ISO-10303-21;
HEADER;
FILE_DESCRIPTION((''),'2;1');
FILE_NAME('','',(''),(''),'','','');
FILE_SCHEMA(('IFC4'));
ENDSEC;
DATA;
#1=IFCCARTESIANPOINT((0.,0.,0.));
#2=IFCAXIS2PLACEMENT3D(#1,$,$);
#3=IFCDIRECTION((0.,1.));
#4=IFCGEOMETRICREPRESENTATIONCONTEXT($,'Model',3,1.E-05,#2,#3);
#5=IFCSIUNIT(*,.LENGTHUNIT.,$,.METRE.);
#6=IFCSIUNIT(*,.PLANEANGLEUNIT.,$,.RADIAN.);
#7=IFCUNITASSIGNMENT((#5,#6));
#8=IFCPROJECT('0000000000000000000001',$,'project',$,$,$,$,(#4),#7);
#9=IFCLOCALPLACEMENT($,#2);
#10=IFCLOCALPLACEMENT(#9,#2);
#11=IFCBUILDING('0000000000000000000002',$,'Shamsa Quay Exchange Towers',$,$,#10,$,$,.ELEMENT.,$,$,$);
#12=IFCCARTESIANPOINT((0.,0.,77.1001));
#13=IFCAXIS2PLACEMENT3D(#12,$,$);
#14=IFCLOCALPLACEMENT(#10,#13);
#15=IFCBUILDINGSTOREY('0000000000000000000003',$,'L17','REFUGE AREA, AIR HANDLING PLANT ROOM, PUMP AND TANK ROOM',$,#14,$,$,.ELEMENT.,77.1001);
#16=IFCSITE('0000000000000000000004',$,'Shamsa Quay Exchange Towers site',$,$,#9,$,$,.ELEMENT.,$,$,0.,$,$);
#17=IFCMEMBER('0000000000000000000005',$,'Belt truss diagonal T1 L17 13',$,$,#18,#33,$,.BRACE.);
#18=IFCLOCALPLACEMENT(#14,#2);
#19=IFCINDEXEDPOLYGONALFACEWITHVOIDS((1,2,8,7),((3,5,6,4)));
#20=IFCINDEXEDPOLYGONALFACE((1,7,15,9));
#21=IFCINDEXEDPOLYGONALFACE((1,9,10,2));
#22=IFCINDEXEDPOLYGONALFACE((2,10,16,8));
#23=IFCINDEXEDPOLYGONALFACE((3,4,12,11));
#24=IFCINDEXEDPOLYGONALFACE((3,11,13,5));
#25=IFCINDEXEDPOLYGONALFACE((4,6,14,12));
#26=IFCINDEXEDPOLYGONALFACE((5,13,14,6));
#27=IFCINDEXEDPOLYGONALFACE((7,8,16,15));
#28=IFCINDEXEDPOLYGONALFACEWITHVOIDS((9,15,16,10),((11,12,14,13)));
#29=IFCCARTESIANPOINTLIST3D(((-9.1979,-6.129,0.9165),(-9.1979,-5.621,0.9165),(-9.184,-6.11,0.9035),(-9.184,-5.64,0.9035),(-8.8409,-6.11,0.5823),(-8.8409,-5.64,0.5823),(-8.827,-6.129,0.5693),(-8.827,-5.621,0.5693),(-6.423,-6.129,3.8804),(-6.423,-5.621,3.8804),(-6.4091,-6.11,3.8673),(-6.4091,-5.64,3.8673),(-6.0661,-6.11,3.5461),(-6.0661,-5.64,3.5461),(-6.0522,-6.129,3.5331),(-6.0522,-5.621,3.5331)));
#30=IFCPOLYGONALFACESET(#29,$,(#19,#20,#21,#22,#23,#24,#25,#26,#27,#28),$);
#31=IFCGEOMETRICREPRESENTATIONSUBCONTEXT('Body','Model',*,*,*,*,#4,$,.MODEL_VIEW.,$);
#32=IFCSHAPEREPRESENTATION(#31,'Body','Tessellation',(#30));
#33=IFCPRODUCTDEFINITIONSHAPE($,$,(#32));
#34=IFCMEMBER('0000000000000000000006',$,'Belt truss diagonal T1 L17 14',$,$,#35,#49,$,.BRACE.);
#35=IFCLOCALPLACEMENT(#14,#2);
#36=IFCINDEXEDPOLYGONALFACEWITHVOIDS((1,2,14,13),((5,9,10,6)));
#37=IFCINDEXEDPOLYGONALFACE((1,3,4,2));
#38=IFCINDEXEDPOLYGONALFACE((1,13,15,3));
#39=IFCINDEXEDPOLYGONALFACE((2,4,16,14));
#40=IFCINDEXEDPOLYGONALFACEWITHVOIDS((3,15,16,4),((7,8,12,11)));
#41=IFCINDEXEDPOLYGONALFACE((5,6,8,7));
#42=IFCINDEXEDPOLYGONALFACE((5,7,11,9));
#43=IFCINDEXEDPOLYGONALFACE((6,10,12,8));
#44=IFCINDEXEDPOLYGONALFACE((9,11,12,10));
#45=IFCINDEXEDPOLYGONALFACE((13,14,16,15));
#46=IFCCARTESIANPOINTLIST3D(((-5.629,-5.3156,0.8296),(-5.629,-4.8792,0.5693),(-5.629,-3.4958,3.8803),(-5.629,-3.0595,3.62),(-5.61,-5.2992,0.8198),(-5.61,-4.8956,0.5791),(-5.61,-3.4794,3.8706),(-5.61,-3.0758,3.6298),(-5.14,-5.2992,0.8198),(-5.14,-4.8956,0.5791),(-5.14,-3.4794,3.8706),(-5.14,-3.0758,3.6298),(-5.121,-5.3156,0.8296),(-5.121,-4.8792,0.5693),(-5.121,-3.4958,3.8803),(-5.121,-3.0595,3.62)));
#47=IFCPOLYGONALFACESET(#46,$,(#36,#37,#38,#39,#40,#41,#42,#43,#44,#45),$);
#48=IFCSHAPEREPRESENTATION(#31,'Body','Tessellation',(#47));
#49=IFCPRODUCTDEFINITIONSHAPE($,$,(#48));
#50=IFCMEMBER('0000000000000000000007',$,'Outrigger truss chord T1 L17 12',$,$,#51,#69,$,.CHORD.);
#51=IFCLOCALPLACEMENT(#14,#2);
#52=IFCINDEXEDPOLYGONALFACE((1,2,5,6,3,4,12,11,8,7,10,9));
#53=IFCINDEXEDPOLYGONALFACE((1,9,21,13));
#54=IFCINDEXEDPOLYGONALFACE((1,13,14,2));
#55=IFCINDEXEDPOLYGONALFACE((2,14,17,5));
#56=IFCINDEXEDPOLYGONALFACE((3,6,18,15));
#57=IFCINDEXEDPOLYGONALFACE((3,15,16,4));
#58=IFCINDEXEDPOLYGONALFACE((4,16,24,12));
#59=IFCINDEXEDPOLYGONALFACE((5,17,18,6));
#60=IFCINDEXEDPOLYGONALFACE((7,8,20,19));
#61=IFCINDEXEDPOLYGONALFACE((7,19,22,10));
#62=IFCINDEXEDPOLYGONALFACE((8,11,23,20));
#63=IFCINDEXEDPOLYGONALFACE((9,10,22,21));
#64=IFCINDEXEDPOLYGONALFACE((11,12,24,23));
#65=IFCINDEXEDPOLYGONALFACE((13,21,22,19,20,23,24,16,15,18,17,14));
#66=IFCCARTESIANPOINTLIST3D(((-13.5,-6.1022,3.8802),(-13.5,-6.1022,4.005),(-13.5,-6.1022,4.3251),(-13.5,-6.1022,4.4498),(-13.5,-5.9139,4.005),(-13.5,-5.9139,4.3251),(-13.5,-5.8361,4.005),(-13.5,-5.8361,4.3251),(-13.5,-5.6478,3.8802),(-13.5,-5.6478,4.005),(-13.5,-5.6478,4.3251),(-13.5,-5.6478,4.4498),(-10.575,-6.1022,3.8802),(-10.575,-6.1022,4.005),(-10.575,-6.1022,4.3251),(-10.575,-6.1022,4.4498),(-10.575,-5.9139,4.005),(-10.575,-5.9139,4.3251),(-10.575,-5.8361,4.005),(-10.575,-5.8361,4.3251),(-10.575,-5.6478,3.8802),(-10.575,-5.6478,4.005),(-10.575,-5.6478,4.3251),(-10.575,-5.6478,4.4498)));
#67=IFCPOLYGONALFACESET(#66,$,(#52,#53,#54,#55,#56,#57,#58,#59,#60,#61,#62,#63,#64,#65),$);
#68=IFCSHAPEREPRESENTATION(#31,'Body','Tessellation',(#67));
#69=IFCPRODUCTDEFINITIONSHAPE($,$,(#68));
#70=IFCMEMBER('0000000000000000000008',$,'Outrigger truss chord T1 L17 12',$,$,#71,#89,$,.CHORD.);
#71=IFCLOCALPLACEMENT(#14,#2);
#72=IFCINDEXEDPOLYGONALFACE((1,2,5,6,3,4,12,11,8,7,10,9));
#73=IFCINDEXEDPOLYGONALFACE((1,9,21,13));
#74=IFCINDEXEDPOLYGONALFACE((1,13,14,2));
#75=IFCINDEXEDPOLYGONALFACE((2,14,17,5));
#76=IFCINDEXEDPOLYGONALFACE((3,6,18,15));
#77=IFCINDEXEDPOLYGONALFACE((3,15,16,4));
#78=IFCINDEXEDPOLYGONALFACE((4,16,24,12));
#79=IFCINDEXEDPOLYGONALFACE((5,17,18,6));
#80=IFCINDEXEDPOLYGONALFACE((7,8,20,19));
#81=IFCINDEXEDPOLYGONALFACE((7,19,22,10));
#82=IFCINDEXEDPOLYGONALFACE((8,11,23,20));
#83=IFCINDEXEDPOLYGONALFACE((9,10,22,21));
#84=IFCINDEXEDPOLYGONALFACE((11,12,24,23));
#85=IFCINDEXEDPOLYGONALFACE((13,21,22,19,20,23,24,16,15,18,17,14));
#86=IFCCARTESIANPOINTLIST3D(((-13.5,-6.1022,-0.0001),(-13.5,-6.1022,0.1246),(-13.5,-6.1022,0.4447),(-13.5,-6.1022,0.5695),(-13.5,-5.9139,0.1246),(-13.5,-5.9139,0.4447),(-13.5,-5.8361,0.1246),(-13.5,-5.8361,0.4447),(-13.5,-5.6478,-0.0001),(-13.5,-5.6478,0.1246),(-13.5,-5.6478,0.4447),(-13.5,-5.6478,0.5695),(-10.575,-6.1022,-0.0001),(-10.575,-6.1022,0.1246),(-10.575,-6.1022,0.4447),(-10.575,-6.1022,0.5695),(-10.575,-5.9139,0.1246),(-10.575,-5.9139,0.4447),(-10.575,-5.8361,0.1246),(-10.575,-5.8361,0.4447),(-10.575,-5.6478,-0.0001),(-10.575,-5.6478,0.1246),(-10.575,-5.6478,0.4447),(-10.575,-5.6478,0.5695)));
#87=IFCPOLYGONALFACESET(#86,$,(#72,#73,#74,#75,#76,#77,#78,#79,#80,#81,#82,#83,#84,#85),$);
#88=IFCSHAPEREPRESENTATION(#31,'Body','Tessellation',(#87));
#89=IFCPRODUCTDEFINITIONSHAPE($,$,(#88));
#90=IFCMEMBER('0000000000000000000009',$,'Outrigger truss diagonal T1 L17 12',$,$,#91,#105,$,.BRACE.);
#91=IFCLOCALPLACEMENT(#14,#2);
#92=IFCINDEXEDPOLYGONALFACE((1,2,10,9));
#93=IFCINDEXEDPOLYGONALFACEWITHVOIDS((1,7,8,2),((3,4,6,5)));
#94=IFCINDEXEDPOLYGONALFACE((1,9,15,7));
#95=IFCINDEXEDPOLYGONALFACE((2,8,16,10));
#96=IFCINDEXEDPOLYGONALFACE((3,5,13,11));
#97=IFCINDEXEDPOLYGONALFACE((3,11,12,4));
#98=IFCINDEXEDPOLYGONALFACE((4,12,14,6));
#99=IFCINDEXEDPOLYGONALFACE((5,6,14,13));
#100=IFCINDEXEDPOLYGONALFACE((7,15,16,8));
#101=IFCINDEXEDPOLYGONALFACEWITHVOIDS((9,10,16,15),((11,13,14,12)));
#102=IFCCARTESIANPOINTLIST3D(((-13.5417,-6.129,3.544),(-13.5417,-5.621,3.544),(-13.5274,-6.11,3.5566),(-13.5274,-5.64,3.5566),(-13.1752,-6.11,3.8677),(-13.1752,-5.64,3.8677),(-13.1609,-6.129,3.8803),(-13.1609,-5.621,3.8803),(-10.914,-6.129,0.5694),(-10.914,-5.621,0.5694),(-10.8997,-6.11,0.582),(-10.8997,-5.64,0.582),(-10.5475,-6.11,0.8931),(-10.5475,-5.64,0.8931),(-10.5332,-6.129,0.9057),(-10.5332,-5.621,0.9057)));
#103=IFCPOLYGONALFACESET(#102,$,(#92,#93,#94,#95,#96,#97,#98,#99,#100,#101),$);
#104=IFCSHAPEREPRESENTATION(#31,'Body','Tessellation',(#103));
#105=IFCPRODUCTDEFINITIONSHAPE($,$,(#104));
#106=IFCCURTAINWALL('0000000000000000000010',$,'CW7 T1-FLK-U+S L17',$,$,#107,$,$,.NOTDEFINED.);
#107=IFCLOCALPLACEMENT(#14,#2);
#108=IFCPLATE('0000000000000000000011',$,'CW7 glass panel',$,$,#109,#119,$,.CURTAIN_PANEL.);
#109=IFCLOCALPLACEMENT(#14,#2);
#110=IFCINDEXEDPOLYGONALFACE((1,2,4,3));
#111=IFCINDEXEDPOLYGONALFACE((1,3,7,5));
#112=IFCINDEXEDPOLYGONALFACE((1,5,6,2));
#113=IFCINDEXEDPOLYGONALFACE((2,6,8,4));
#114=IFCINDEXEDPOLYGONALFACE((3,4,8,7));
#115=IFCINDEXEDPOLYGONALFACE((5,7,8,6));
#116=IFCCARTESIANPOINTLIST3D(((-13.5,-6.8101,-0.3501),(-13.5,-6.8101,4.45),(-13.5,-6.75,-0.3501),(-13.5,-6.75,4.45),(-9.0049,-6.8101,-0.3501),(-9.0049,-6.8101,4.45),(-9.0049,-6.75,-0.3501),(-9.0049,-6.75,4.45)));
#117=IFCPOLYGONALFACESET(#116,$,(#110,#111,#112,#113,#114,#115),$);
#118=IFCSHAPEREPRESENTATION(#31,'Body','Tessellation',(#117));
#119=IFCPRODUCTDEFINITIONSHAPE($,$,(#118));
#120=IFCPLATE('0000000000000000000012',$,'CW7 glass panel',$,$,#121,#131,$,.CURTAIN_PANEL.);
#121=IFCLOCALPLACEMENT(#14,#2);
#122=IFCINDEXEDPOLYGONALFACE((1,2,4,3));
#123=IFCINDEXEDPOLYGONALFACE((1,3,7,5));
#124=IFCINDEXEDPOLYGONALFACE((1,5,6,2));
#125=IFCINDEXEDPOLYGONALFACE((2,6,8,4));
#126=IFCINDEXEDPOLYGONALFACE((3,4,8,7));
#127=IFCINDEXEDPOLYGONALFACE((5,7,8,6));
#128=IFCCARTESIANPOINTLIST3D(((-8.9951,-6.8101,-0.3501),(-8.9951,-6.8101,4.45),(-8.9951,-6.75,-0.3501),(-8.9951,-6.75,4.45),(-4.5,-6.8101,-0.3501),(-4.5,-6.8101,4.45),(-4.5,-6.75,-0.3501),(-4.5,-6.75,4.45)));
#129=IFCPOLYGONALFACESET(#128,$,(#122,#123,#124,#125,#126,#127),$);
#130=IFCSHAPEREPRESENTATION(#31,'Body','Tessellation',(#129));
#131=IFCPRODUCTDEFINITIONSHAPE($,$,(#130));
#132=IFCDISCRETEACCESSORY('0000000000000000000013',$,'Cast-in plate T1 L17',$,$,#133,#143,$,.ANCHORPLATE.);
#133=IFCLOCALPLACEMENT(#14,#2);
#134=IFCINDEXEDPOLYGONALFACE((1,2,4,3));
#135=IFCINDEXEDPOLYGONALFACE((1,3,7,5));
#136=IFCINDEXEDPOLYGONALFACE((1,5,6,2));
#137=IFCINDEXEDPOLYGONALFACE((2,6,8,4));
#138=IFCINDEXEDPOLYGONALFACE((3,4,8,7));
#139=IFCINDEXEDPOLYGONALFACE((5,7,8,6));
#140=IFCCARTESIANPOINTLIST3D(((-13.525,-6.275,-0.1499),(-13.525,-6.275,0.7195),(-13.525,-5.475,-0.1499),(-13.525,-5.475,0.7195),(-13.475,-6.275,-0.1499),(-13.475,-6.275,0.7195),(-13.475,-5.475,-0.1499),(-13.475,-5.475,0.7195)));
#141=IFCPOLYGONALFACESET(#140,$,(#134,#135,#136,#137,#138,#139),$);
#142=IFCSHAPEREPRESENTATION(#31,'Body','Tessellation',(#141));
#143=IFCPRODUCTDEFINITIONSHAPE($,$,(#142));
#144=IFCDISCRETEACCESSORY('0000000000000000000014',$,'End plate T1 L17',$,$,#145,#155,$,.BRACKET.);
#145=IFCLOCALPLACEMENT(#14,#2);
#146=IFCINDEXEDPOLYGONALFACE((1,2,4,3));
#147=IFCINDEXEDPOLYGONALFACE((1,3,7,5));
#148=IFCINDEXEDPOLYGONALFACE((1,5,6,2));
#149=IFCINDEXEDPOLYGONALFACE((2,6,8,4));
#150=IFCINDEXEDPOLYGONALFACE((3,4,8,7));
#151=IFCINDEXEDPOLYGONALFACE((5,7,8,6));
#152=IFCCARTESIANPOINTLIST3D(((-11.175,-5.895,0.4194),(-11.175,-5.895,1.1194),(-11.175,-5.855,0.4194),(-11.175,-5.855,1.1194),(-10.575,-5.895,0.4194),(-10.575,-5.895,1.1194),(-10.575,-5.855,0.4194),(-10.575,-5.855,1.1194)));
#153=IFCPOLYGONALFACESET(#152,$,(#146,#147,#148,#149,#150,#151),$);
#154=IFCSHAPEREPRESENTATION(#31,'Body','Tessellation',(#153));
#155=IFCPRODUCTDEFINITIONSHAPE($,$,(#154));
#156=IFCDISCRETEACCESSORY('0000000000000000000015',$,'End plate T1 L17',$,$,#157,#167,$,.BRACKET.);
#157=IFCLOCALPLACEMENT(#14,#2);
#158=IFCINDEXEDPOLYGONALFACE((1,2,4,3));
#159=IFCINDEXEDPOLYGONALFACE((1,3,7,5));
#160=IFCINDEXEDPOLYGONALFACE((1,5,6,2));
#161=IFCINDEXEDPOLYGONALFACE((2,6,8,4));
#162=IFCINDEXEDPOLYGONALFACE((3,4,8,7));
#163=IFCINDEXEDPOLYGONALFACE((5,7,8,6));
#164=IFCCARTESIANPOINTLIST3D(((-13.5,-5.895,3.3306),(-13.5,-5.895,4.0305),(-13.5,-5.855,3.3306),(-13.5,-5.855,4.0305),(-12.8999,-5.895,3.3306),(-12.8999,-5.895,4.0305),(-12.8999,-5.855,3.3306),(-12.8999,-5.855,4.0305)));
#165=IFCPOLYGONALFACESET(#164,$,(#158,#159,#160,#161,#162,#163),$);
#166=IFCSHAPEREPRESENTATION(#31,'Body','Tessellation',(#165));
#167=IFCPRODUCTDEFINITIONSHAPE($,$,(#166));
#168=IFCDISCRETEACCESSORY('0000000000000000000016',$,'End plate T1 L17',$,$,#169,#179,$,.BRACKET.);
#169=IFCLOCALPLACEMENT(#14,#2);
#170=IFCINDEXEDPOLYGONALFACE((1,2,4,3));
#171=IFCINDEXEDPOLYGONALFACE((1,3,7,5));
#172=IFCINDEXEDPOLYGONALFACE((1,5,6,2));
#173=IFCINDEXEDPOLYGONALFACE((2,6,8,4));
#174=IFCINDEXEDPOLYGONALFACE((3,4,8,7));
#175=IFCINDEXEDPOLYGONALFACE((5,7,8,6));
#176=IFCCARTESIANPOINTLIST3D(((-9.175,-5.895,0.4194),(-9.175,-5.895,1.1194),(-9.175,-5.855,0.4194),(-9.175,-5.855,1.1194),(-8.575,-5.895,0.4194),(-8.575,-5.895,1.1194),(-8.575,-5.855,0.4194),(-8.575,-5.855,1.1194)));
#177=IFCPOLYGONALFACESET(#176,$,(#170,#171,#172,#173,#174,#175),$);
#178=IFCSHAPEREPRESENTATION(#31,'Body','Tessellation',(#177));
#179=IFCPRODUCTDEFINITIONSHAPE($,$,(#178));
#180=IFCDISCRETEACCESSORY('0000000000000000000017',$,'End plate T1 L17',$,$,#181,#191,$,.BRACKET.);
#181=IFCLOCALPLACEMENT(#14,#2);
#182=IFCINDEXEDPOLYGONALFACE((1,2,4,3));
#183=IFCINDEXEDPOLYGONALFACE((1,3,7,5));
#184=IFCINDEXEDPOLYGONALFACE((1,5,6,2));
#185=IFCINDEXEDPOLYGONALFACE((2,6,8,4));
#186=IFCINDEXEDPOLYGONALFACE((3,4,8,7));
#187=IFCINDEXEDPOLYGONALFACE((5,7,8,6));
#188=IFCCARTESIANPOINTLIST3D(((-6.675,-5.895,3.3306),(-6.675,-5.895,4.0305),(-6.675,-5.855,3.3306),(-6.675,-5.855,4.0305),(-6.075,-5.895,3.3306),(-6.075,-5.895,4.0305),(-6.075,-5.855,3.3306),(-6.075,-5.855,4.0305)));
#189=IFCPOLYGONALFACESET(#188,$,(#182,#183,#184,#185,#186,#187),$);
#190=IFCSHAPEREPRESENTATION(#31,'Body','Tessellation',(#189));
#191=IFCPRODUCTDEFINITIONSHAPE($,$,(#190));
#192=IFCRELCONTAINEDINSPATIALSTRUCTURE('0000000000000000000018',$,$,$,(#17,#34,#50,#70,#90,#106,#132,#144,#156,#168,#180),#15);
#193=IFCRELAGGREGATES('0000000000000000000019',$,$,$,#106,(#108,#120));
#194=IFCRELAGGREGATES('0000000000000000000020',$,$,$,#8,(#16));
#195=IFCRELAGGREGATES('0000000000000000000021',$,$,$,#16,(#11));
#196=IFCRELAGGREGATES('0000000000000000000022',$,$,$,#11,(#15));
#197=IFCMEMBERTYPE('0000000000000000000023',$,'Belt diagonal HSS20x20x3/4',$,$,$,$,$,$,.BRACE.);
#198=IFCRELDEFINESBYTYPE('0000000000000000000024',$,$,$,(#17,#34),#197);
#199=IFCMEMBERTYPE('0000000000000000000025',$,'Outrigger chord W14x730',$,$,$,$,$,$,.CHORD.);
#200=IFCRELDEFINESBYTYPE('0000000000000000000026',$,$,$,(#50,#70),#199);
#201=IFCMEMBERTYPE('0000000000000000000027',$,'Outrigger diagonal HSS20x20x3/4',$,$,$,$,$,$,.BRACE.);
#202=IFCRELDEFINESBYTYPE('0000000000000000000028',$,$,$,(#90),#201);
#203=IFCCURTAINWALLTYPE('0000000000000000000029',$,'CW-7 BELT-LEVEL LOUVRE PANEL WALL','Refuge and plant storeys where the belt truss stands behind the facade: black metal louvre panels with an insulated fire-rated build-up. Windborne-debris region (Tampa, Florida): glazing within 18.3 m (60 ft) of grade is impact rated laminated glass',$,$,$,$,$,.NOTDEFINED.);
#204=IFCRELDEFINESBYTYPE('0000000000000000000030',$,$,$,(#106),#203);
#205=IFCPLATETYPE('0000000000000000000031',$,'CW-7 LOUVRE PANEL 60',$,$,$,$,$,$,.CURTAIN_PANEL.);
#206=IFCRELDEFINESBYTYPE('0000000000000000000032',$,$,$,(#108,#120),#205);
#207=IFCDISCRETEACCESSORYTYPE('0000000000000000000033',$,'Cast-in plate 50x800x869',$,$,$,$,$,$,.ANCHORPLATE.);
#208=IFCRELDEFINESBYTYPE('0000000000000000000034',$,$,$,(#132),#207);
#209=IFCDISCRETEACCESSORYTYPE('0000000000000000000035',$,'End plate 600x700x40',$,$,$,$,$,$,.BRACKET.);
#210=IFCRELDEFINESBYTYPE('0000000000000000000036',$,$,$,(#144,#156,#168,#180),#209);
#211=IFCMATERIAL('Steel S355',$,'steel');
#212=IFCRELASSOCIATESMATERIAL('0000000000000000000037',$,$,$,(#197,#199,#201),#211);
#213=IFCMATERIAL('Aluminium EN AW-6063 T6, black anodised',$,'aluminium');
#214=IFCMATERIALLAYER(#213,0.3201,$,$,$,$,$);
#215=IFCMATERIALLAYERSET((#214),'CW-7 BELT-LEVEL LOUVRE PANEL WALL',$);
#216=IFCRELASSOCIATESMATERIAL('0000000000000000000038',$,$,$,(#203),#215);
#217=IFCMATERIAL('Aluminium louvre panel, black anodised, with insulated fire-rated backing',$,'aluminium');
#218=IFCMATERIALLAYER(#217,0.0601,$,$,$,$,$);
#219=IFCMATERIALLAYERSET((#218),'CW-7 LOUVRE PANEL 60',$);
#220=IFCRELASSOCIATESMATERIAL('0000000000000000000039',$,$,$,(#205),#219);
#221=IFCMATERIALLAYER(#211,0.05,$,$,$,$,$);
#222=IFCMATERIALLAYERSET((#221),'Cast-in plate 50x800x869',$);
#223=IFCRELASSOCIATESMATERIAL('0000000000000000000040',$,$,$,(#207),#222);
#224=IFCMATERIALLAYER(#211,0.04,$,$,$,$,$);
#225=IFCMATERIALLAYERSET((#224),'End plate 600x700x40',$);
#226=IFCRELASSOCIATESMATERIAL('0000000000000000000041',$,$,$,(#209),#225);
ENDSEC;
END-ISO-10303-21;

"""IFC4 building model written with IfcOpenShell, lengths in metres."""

from ifc_helpers import new_model, si_unit, direction, frame, origin, origin_2d, place, context, subcontext, project, spatial, rectangle, hollow_rectangle, i_section, extrude, material, layer, layer_set, material_profile, profile_set, type_object, element, aggregate, save


model = new_model("IFC4")

# Units and contexts
model_context = context("Model", 3, precision=1e-05, world=origin(), true_north=direction((0.0, 1.0)))
body_context = subcontext(model_context, "Body", "Model", "MODEL_VIEW")
ifc_project = project(units=[si_unit("LENGTHUNIT", "METRE"), si_unit("PLANEANGLEUNIT", "RADIAN")], contexts=[model_context])

# Site, building, storey
site_placement = place(None, origin())
site = spatial("IfcSite", under=ifc_project, at=site_placement, Name="Shamsa Quay Exchange Towers site", CompositionType="ELEMENT", RefElevation=0.0)
building_placement = place(site_placement, origin())
building = spatial("IfcBuilding", under=site, at=building_placement, Name="Shamsa Quay Exchange Towers", CompositionType="ELEMENT")
storey_placement = place(building_placement, frame((0.0, 0.0, 77.1001)))
storey = spatial("IfcBuildingStorey", under=building, at=storey_placement, Name="L17", Description="REFUGE AREA, AIR HANDLING PLANT ROOM, PUMP AND TANK ROOM", CompositionType="ELEMENT", Elevation=77.1001)

# Members
ifc_material_1 = material(Name="Steel S355", Category="steel")
ifc_material_profile_1 = material_profile(ifc_material_1, hollow_rectangle(XDim=0.5081, YDim=0.5081, WallThickness=0.019, at=origin_2d()), Name="HSS20x20x3/4")
ifc_profile_set_1 = profile_set([ifc_material_profile_1], Name="Steel S355")
member_type_1 = type_object("IfcMemberType", Name="Belt diagonal HSS20x20x3/4", PredefinedType="BRACE", material=ifc_profile_set_1)
member_1_placement = place(storey_placement, frame((-9.0125, -5.875, 0.7429), z_axis=(0.683453, 0.0, 0.729995), x_axis=(0.0, 1.0, 0.0)))
element("IfcMember", 1, at=member_1_placement, inside=storey, type_object=member_type_1, Name="Belt truss diagonal T1 L17 13", PredefinedType="BRACE", context=body_context, shape_type="SweptSolid", body=[
    extrude(hollow_rectangle(XDim=0.5081, YDim=0.5081, WallThickness=0.019, at=origin_2d()), origin(), (0.0, 0.0, 1.0), 4.0601),
])
member_2_placement = place(storey_placement, frame((-5.375, -5.0974, 0.6995), z_axis=(0.0, 0.512291, 0.858812), x_axis=(-1.0, 0.0, 0.0)))
element("IfcMember", 2, at=member_2_placement, inside=storey, type_object=member_type_1, Name="Belt truss diagonal T1 L17 14", PredefinedType="BRACE", context=body_context, shape_type="SweptSolid", body=[
    extrude(hollow_rectangle(XDim=0.5081, YDim=0.5081, WallThickness=0.019, at=origin_2d()), origin(), (0.0, 0.0, 1.0), 3.5522),
])
ifc_material_profile_2 = material_profile(ifc_material_1, i_section(OverallWidth=0.4543, OverallDepth=0.5696, WebThickness=0.0779, FlangeThickness=0.1248, at=origin_2d()), Name="W14x730")
ifc_profile_set_2 = profile_set([ifc_material_profile_2], Name="Steel S355")
member_type_2 = type_object("IfcMemberType", Name="Outrigger chord W14x730", PredefinedType="CHORD", material=ifc_profile_set_2)
for number, where, z_axis, x_axis, name in (
    (3, (-10.575, -5.875, 4.165), (-1.0, 0.0, 0.0), (0.0, -1.0, 0.0), "Outrigger truss chord T1 L17 12"),
    (4, (-10.575, -5.875, 0.2847), (-1.0, 0.0, 0.0), (0.0, -1.0, 0.0), "Outrigger truss chord T1 L17 12"),
):
    element("IfcMember", number, at=place(storey_placement, frame(where, z_axis=z_axis, x_axis=x_axis)), inside=storey, type_object=member_type_2, Name=name, PredefinedType="CHORD", context=body_context, shape_type="SweptSolid", body=[
        extrude(i_section(OverallWidth=0.4543, OverallDepth=0.5696, WebThickness=0.0779, FlangeThickness=0.1248, at=origin_2d()), origin(), (0.0, 0.0, 1.0), 2.925),
    ])
ifc_material_profile_3 = material_profile(ifc_material_1, hollow_rectangle(XDim=0.5081, YDim=0.5081, WallThickness=0.019, at=origin_2d()), Name="HSS20x20x3/4")
ifc_profile_set_3 = profile_set([ifc_material_profile_3], Name="Steel S355")
member_type_3 = type_object("IfcMemberType", Name="Outrigger diagonal HSS20x20x3/4", PredefinedType="BRACE", material=ifc_profile_set_3)
member_3_placement = place(storey_placement, frame((-10.7236, -5.875, 0.7375), z_axis=(-0.662051, 0.0, 0.749459), x_axis=(0.0, -1.0, 0.0)))
element("IfcMember", 5, at=member_3_placement, inside=storey, type_object=member_type_3, Name="Outrigger truss diagonal T1 L17 12", PredefinedType="BRACE", context=body_context, shape_type="SweptSolid", body=[
    extrude(hollow_rectangle(XDim=0.5081, YDim=0.5081, WallThickness=0.019, at=origin_2d()), origin(), (0.0, 0.0, 1.0), 3.969),
])

# Curtain wall, plates
ifc_material_2 = material(Name="Aluminium EN AW-6063 T6, black anodised", Category="aluminium")
ifc_layer_1 = layer(ifc_material_2, 0.3201)
ifc_layer_set_1 = layer_set([ifc_layer_1], Name="CW-7 BELT-LEVEL LOUVRE PANEL WALL")
curtain_wall_type = type_object("IfcCurtainWallType", Name="CW-7 BELT-LEVEL LOUVRE PANEL WALL", Description="Refuge and plant storeys where the belt truss stands behind the facade: black metal louvre panels with an insulated fire-rated build-up. Windborne-debris region (Tampa, Florida): glazing within 18.3 m (60 ft) of grade is impact rated laminated glass", PredefinedType="NOTDEFINED", material=ifc_layer_set_1)
curtain_wall_placement = place(storey_placement, origin())
curtain_wall = element("IfcCurtainWall", 6, at=curtain_wall_placement, inside=storey, type_object=curtain_wall_type, Name="CW7 T1-FLK-U+S L17", PredefinedType="NOTDEFINED")
ifc_material_3 = material(Name="Aluminium louvre panel, black anodised, with insulated fire-rated backing", Category="aluminium")
ifc_layer_2 = layer(ifc_material_3, 0.0601)
ifc_layer_set_2 = layer_set([ifc_layer_2], Name="CW-7 LOUVRE PANEL 60")
plate_type = type_object("IfcPlateType", Name="CW-7 LOUVRE PANEL 60", PredefinedType="CURTAIN_PANEL", material=ifc_layer_set_2)
plate_1_placement = place(storey_placement, frame((-11.2524, -6.78, -0.3501)))
plate_1 = element("IfcPlate", 7, at=plate_1_placement, type_object=plate_type, Name="CW7 glass panel", PredefinedType="CURTAIN_PANEL", context=body_context, shape_type="SweptSolid", body=[
    extrude(rectangle(XDim=4.4951, YDim=0.0601, at=origin_2d()), origin(), (0.0, 0.0, 1.0), 4.8),
])
plate_2_placement = place(storey_placement, frame((-6.7476, -6.78, -0.3501)))
plate_2 = element("IfcPlate", 8, at=plate_2_placement, type_object=plate_type, Name="CW7 glass panel", PredefinedType="CURTAIN_PANEL", context=body_context, shape_type="SweptSolid", body=[
    extrude(rectangle(XDim=4.4951, YDim=0.0601, at=origin_2d()), origin(), (0.0, 0.0, 1.0), 4.8),
])
aggregate(curtain_wall, [plate_1, plate_2])

# Discrete accessories
ifc_layer_3 = layer(ifc_material_1, 0.05)
ifc_layer_set_3 = layer_set([ifc_layer_3], Name="Cast-in plate 50x800x869")
discrete_accessory_type_1 = type_object("IfcDiscreteAccessoryType", Name="Cast-in plate 50x800x869", PredefinedType="ANCHORPLATE", material=ifc_layer_set_3)
discrete_accessory_placement = place(storey_placement, frame((-13.5, -5.875, -0.1499), z_axis=(0.0, 0.0, 1.0), x_axis=(-1.0, 0.0, 0.0)))
element("IfcDiscreteAccessory", 9, at=discrete_accessory_placement, inside=storey, type_object=discrete_accessory_type_1, Name="Cast-in plate T1 L17", PredefinedType="ANCHORPLATE", context=body_context, shape_type="SweptSolid", body=[
    extrude(rectangle(XDim=0.05, YDim=0.8, at=origin_2d()), origin(), (0.0, 0.0, 1.0), 0.8694),
])
ifc_layer_4 = layer(ifc_material_1, 0.04)
ifc_layer_set_4 = layer_set([ifc_layer_4], Name="End plate 600x700x40")
discrete_accessory_type_2 = type_object("IfcDiscreteAccessoryType", Name="End plate 600x700x40", PredefinedType="BRACKET", material=ifc_layer_set_4)
for number, where, z_axis, x_axis, name in (
    (10, (-10.875, -5.875, 0.4194), (0.0, 0.0, 1.0), (-1.0, 0.0, 0.0), "End plate T1 L17"),
    (11, (-13.2, -5.875, 3.3306), (0.0, 0.0, 1.0), (-1.0, 0.0, 0.0), "End plate T1 L17"),
):
    element("IfcDiscreteAccessory", number, at=place(storey_placement, frame(where, z_axis=z_axis, x_axis=x_axis)), inside=storey, type_object=discrete_accessory_type_2, Name=name, PredefinedType="BRACKET", context=body_context, shape_type="SweptSolid", body=[
        extrude(rectangle(XDim=0.6001, YDim=0.04, at=origin_2d()), origin(), (0.0, 0.0, 1.0), 0.7),
    ])
for number, where, name in (
    (12, (-8.875, -5.875, 0.4194), "End plate T1 L17"),
    (13, (-6.375, -5.875, 3.3306), "End plate T1 L17"),
):
    element("IfcDiscreteAccessory", number, at=place(storey_placement, frame(where)), inside=storey, type_object=discrete_accessory_type_2, Name=name, PredefinedType="BRACKET", context=body_context, shape_type="SweptSolid", body=[
        extrude(rectangle(XDim=0.6001, YDim=0.04, at=origin_2d()), origin(), (0.0, 0.0, 1.0), 0.7),
    ])

save(model, "model.ifc")
